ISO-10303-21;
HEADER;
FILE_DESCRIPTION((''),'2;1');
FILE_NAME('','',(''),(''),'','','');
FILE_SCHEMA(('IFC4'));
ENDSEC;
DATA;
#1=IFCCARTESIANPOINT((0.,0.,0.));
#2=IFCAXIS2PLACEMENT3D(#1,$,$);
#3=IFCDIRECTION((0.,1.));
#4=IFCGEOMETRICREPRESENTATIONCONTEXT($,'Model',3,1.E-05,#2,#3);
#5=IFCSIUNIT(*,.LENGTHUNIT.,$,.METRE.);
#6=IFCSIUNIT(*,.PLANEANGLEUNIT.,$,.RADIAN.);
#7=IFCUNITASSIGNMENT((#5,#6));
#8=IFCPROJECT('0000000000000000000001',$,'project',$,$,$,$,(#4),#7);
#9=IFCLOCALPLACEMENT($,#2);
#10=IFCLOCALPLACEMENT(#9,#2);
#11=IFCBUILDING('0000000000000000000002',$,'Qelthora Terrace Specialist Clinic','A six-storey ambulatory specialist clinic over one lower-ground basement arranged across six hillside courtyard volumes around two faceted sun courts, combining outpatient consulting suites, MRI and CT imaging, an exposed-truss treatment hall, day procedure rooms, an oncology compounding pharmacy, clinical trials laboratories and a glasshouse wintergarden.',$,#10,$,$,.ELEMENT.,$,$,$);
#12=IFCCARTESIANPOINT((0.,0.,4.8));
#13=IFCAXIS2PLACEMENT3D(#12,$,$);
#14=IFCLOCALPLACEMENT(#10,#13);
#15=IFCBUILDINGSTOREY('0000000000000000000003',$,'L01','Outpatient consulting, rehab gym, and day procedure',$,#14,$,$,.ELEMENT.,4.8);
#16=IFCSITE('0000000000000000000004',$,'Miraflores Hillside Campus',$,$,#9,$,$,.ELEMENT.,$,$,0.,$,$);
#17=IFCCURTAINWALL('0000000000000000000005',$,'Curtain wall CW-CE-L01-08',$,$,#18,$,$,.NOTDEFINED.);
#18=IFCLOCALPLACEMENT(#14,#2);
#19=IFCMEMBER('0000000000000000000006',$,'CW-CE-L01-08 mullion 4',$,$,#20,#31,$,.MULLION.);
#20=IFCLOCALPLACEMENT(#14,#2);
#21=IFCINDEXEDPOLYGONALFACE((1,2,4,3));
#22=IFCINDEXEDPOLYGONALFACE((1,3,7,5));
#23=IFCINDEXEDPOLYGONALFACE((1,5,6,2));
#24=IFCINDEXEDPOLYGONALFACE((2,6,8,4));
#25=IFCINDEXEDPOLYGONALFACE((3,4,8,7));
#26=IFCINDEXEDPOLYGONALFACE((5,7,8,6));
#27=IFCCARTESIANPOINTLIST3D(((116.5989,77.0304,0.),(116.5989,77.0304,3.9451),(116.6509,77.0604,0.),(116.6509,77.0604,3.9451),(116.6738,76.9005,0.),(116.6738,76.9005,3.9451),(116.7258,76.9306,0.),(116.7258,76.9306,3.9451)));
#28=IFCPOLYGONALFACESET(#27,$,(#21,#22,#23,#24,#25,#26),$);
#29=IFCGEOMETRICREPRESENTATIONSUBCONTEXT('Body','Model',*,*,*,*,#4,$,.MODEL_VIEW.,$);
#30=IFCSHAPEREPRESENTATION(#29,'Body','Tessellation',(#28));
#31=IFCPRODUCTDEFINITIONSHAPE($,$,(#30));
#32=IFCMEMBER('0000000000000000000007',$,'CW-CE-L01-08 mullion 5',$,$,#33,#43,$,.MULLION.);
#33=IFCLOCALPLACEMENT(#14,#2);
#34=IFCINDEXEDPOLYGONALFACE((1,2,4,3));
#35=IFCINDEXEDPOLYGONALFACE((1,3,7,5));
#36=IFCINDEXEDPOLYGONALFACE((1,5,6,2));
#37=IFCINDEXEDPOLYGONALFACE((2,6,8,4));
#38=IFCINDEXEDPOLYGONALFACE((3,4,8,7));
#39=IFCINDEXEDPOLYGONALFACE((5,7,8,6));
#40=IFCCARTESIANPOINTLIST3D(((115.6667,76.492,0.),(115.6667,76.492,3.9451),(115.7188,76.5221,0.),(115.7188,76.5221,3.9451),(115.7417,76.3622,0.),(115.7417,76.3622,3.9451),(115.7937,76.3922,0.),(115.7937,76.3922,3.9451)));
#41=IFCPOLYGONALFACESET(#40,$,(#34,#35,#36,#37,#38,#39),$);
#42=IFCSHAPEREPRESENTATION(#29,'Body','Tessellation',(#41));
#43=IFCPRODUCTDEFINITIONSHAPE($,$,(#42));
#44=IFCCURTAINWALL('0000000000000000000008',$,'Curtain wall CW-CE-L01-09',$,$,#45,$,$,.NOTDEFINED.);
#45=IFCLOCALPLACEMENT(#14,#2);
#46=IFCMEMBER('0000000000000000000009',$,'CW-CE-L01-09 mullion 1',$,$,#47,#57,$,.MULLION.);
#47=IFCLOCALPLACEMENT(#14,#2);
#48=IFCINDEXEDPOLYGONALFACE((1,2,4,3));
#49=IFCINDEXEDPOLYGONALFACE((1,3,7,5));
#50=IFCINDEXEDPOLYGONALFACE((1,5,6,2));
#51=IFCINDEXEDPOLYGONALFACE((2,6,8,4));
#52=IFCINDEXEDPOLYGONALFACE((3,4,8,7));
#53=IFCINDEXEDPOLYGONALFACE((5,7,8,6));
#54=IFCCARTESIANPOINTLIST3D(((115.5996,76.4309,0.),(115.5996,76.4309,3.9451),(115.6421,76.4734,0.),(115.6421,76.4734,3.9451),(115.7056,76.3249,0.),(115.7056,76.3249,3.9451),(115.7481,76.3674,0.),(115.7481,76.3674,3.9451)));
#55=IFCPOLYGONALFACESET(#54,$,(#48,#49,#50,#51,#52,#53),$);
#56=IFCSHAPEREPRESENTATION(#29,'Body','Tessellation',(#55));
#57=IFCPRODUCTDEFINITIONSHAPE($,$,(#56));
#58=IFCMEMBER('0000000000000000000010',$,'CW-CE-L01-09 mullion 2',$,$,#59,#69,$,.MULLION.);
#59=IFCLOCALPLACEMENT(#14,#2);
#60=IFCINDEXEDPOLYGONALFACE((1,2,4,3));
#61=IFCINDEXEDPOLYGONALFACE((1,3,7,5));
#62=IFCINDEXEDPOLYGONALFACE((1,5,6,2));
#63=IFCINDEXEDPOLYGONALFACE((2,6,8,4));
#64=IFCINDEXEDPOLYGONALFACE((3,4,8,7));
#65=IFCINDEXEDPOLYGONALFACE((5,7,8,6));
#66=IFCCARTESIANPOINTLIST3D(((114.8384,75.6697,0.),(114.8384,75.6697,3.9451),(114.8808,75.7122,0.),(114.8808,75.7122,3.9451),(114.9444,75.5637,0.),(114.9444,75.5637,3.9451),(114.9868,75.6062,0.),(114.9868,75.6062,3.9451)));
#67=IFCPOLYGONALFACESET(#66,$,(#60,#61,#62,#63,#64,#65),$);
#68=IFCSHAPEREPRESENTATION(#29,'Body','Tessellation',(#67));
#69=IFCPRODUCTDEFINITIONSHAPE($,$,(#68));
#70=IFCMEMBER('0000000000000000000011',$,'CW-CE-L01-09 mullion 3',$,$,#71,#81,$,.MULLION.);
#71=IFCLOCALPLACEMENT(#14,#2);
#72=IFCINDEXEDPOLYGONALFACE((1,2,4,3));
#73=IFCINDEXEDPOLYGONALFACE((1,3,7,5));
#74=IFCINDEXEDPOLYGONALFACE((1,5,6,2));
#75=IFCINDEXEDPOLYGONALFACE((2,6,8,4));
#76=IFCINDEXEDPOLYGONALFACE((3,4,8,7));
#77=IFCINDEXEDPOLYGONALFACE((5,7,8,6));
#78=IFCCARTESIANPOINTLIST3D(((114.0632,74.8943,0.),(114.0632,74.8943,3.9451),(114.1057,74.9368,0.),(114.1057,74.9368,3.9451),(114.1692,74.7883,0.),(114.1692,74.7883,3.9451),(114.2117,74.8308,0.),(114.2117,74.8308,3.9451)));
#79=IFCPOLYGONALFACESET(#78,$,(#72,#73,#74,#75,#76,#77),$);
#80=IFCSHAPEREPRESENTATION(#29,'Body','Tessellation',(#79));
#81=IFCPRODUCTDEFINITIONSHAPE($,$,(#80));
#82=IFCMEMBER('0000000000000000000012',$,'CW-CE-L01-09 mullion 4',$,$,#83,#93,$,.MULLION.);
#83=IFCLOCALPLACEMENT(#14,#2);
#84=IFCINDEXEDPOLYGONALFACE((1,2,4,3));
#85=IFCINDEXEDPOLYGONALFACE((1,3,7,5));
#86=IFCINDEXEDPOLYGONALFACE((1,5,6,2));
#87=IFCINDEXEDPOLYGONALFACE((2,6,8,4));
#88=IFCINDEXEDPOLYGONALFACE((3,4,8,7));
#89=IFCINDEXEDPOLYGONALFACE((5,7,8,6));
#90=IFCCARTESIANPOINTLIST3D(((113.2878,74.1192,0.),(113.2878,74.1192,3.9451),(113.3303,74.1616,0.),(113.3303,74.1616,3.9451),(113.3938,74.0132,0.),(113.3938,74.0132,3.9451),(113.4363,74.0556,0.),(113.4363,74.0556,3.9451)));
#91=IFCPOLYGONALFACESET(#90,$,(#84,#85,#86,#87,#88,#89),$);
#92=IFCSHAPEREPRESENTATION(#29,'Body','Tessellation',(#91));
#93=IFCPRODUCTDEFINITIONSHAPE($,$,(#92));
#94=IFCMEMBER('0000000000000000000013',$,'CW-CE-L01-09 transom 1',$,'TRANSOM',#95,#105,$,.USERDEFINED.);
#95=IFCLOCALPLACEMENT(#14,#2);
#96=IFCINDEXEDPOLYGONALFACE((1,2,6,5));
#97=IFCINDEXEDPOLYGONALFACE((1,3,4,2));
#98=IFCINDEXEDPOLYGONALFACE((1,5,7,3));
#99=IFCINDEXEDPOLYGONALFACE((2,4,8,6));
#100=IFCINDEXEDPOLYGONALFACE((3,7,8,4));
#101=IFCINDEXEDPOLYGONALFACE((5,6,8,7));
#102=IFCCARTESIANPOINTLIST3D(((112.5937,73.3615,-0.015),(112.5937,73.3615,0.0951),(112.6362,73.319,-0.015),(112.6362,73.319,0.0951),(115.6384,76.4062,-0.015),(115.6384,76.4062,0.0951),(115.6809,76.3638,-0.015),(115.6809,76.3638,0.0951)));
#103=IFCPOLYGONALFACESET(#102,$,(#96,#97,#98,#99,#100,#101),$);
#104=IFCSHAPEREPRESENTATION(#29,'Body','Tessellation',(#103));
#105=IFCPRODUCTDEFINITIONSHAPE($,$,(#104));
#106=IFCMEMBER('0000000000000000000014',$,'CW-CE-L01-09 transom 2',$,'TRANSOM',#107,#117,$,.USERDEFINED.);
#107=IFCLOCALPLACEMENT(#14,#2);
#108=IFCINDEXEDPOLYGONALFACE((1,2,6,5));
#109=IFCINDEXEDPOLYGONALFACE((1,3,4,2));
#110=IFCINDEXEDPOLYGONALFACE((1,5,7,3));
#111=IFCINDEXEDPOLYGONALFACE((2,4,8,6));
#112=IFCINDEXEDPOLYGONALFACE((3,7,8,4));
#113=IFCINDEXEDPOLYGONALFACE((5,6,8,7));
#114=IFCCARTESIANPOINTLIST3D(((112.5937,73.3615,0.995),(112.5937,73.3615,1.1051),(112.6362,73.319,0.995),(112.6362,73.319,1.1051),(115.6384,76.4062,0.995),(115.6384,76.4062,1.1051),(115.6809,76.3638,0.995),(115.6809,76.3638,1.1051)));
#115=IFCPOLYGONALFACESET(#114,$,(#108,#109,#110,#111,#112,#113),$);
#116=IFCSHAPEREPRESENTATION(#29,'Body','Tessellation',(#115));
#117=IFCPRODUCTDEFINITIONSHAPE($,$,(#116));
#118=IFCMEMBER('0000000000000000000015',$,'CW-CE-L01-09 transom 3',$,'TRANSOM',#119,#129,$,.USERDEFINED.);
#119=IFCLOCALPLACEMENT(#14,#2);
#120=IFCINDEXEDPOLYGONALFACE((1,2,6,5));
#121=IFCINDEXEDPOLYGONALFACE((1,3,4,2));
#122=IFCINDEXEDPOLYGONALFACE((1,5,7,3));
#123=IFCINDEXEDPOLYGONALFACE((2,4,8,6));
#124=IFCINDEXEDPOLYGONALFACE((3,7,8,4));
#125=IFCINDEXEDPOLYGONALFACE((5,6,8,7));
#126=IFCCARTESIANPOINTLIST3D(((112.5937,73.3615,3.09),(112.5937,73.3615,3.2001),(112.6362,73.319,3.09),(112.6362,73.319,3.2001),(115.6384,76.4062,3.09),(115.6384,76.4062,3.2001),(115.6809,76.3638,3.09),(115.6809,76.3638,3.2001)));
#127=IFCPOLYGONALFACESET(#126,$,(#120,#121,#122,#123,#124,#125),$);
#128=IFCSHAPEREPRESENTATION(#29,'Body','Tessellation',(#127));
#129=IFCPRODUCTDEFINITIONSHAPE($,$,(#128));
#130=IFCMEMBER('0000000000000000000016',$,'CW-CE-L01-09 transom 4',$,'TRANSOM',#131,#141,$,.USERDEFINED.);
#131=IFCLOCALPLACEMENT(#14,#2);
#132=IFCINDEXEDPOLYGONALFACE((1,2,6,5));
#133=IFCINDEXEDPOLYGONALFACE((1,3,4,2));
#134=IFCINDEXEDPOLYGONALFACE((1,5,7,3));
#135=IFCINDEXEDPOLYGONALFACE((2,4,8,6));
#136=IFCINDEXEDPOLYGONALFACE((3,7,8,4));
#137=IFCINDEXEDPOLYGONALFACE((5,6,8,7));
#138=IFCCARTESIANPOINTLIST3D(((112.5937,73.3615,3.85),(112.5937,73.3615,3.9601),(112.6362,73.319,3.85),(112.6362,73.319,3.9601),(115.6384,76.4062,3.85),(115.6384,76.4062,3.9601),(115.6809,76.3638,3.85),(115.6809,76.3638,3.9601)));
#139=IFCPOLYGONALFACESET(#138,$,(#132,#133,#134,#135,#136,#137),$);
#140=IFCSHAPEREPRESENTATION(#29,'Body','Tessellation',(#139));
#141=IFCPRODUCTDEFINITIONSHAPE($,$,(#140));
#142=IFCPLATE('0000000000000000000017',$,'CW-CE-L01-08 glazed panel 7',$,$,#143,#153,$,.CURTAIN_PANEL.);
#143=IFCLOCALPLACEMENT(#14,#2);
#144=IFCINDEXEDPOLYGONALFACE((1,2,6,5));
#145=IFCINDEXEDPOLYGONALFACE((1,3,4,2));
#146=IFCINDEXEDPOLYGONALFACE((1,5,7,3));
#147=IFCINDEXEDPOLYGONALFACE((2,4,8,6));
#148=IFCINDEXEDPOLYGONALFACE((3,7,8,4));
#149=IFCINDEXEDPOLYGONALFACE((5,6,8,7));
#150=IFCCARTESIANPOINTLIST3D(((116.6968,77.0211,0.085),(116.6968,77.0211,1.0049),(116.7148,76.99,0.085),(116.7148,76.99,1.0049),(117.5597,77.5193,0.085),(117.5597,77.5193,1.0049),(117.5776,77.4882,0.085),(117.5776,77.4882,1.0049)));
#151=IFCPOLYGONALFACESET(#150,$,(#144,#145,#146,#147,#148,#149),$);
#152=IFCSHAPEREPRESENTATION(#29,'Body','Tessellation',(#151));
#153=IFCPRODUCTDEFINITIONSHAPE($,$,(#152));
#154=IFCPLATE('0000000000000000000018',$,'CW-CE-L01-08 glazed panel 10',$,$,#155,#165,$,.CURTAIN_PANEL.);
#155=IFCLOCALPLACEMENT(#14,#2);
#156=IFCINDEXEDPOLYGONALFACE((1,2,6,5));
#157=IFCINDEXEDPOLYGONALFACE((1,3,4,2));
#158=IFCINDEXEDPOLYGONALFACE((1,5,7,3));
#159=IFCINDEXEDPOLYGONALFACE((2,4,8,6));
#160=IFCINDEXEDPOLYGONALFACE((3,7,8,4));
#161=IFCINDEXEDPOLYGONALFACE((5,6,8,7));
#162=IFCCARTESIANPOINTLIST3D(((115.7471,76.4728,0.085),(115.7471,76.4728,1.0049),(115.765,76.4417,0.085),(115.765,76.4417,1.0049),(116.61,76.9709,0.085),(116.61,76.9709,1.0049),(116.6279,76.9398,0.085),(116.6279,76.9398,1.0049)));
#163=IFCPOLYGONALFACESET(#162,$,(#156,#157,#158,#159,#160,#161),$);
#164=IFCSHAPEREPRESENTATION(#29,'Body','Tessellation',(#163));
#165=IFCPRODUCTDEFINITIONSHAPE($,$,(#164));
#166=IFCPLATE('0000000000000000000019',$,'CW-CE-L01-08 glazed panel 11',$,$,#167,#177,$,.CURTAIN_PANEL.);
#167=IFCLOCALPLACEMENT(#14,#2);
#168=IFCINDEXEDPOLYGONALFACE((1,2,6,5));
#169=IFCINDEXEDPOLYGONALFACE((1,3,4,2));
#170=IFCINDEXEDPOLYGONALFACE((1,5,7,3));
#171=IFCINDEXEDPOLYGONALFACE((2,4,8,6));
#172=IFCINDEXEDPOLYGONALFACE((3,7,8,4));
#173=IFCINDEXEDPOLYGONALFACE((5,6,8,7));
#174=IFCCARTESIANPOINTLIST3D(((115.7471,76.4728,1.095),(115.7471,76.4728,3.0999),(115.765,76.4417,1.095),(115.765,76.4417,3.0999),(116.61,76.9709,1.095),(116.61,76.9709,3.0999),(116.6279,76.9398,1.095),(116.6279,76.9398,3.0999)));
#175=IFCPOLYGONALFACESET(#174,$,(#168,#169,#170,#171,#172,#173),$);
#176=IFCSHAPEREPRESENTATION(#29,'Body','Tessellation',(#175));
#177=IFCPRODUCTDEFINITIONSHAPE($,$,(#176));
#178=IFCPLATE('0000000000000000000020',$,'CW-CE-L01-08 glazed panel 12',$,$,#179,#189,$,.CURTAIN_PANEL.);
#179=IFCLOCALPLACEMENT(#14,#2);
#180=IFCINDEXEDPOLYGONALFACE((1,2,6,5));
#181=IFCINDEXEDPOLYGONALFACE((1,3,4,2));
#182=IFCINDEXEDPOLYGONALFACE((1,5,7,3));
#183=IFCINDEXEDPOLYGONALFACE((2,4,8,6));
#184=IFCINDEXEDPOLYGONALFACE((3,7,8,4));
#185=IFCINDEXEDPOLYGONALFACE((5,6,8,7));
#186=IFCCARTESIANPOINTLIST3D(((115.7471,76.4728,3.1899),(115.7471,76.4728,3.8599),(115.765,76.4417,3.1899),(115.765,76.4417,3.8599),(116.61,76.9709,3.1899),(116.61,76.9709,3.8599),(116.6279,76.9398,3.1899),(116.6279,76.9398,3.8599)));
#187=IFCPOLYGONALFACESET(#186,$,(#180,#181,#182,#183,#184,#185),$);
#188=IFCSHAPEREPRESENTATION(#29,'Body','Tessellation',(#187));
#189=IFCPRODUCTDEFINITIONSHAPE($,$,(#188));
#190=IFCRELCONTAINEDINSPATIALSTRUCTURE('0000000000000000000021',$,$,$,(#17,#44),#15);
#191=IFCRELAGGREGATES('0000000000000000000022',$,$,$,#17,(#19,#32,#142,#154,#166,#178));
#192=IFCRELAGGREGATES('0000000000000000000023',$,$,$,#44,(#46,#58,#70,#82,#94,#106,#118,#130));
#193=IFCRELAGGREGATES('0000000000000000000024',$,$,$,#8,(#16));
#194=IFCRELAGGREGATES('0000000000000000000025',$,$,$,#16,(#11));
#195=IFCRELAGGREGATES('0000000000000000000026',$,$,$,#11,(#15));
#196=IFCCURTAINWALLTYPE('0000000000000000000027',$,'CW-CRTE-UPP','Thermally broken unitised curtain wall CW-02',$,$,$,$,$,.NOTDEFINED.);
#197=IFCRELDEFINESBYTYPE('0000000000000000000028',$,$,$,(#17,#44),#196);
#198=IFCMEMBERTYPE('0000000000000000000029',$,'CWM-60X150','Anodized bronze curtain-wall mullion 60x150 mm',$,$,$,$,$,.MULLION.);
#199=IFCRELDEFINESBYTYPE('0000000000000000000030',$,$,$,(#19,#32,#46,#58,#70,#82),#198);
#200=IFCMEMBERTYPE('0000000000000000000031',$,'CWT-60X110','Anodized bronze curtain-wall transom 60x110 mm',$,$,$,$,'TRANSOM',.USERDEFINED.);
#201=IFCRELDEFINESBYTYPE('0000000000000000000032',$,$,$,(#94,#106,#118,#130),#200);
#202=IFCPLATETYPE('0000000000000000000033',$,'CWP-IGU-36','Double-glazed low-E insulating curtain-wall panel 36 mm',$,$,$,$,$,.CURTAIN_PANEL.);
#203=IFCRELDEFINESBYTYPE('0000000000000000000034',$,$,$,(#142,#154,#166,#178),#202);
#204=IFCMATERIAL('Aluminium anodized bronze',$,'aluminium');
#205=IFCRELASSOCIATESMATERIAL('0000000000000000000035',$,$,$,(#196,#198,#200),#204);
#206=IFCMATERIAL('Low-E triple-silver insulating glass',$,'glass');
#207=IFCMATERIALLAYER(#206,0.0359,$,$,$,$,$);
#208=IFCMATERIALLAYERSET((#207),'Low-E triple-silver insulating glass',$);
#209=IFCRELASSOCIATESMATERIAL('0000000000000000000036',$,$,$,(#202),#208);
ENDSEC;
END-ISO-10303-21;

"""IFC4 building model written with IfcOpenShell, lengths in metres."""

from ifc_helpers import new_model, si_unit, direction, frame, origin, origin_2d, place, context, subcontext, project, spatial, rectangle, extrude, material, layer, layer_set, material_profile, profile_set, type_object, element, aggregate, save


model = new_model("IFC4")

# Units and contexts
model_context = context("Model", 3, precision=1e-05, world=origin(), true_north=direction((0.0, 1.0)))
body_context = subcontext(model_context, "Body", "Model", "MODEL_VIEW")
ifc_project = project(units=[si_unit("LENGTHUNIT", "METRE"), si_unit("PLANEANGLEUNIT", "RADIAN")], contexts=[model_context])

# Site, building, storey
site_placement = place(None, origin())
site = spatial("IfcSite", under=ifc_project, at=site_placement, Name="Miraflores Hillside Campus", CompositionType="ELEMENT", RefElevation=0.0)
building_placement = place(site_placement, origin())
building = spatial("IfcBuilding", under=site, at=building_placement, Name="Qelthora Terrace Specialist Clinic", Description="A six-storey ambulatory specialist clinic over one lower-ground basement arranged across six hillside courtyard volumes around two faceted sun courts, combining outpatient consulting suites, MRI and CT imaging, an exposed-truss treatment hall, day procedure rooms, an oncology compounding pharmacy, clinical trials laboratories and a glasshouse wintergarden.", CompositionType="ELEMENT")
storey_placement = place(building_placement, frame((0.0, 0.0, 4.8)))
storey = spatial("IfcBuildingStorey", under=building, at=storey_placement, Name="L01", Description="Outpatient consulting, rehab gym, and day procedure", CompositionType="ELEMENT", Elevation=4.8)

# Curtain walls, members
ifc_material_1 = material(Name="Aluminium anodized bronze", Category="aluminium")
curtain_wall_type = type_object("IfcCurtainWallType", Name="CW-CRTE-UPP", Description="Thermally broken unitised curtain wall CW-02", PredefinedType="NOTDEFINED", material=ifc_material_1)
curtain_wall_1_placement = place(storey_placement, origin())
curtain_wall_1 = element("IfcCurtainWall", 1, at=curtain_wall_1_placement, inside=storey, type_object=curtain_wall_type, Name="Curtain wall CW-CE-L01-08", PredefinedType="NOTDEFINED")
ifc_material_profile_1 = material_profile(ifc_material_1, rectangle(XDim=0.0601, YDim=0.1499, at=origin_2d()), Name="CWM60X150")
ifc_profile_set_1 = profile_set([ifc_material_profile_1], Name="Aluminium anodized bronze")
member_type_1 = type_object("IfcMemberType", Name="CWM-60X150", Description="Anodized bronze curtain-wall mullion 60x150 mm", PredefinedType="MULLION", material=ifc_profile_set_1)
member_1_placement = place(storey_placement, frame((116.6624, 76.9805, 0.0), z_axis=(0.0, 0.0, 1.0), x_axis=(-0.866025, -0.5, 0.0)))
member_1 = element("IfcMember", 2, at=member_1_placement, type_object=member_type_1, Name="CW-CE-L01-08 mullion 4", PredefinedType="MULLION", context=body_context, shape_type="SweptSolid", body=[
    extrude(rectangle(XDim=0.0601, YDim=0.1499, at=origin_2d()), origin(), (0.0, 0.0, 1.0), 3.9451),
])
member_2_placement = place(storey_placement, frame((115.7302, 76.4421, 0.0), z_axis=(0.0, 0.0, 1.0), x_axis=(-0.866025, -0.5, 0.0)))
member_2 = element("IfcMember", 3, at=member_2_placement, type_object=member_type_1, Name="CW-CE-L01-08 mullion 5", PredefinedType="MULLION", context=body_context, shape_type="SweptSolid", body=[
    extrude(rectangle(XDim=0.0601, YDim=0.1499, at=origin_2d()), origin(), (0.0, 0.0, 1.0), 3.9451),
])
curtain_wall_2_placement = place(storey_placement, origin())
curtain_wall_2 = element("IfcCurtainWall", 4, at=curtain_wall_2_placement, inside=storey, type_object=curtain_wall_type, Name="Curtain wall CW-CE-L01-09", PredefinedType="NOTDEFINED")
member_3_placement = place(storey_placement, frame((115.6738, 76.3992, 0.0), z_axis=(0.0, 0.0, 1.0), x_axis=(-0.707107, -0.707107, 0.0)))
member_3 = element("IfcMember", 5, at=member_3_placement, type_object=member_type_1, Name="CW-CE-L01-09 mullion 1", PredefinedType="MULLION", context=body_context, shape_type="SweptSolid", body=[
    extrude(rectangle(XDim=0.0601, YDim=0.1499, at=origin_2d()), origin(), (0.0, 0.0, 1.0), 3.9451),
])
member_4_placement = place(storey_placement, frame((114.9126, 75.6379, 0.0), z_axis=(0.0, 0.0, 1.0), x_axis=(-0.707107, -0.707107, 0.0)))
member_4 = element("IfcMember", 6, at=member_4_placement, type_object=member_type_1, Name="CW-CE-L01-09 mullion 2", PredefinedType="MULLION", context=body_context, shape_type="SweptSolid", body=[
    extrude(rectangle(XDim=0.0601, YDim=0.1499, at=origin_2d()), origin(), (0.0, 0.0, 1.0), 3.9451),
])
member_5_placement = place(storey_placement, frame((114.1375, 74.8625, 0.0), z_axis=(0.0, 0.0, 1.0), x_axis=(-0.707107, -0.707107, 0.0)))
member_5 = element("IfcMember", 7, at=member_5_placement, type_object=member_type_1, Name="CW-CE-L01-09 mullion 3", PredefinedType="MULLION", context=body_context, shape_type="SweptSolid", body=[
    extrude(rectangle(XDim=0.0601, YDim=0.1499, at=origin_2d()), origin(), (0.0, 0.0, 1.0), 3.9451),
])
member_6_placement = place(storey_placement, frame((113.3621, 74.0874, 0.0), z_axis=(0.0, 0.0, 1.0), x_axis=(-0.707107, -0.707107, 0.0)))
member_6 = element("IfcMember", 8, at=member_6_placement, type_object=member_type_1, Name="CW-CE-L01-09 mullion 4", PredefinedType="MULLION", context=body_context, shape_type="SweptSolid", body=[
    extrude(rectangle(XDim=0.0601, YDim=0.1499, at=origin_2d()), origin(), (0.0, 0.0, 1.0), 3.9451),
])
ifc_material_profile_2 = material_profile(ifc_material_1, rectangle(XDim=0.0601, YDim=0.1101, at=origin_2d()), Name="CWT60X110")
ifc_profile_set_2 = profile_set([ifc_material_profile_2], Name="Aluminium anodized bronze")
member_type_2 = type_object("IfcMemberType", Name="CWT-60X110", Description="Anodized bronze curtain-wall transom 60x110 mm", ElementType="TRANSOM", PredefinedType="USERDEFINED", material=ifc_profile_set_2)
member_7_placement = place(storey_placement, frame((115.6597, 76.385, 0.04), z_axis=(-0.707107, -0.707107, 0.0), x_axis=(0.707107, -0.707107, 0.0)))
member_7 = element("IfcMember", 9, at=member_7_placement, type_object=member_type_2, Name="CW-CE-L01-09 transom 1", ObjectType="TRANSOM", PredefinedType="USERDEFINED", context=body_context, shape_type="SweptSolid", body=[
    extrude(rectangle(XDim=0.0601, YDim=0.1101, at=origin_2d()), origin(), (0.0, 0.0, 1.0), 4.3059),
])
member_8_placement = place(storey_placement, frame((115.6597, 76.385, 1.05), z_axis=(-0.707107, -0.707107, 0.0), x_axis=(0.707107, -0.707107, 0.0)))
member_8 = element("IfcMember", 10, at=member_8_placement, type_object=member_type_2, Name="CW-CE-L01-09 transom 2", ObjectType="TRANSOM", PredefinedType="USERDEFINED", context=body_context, shape_type="SweptSolid", body=[
    extrude(rectangle(XDim=0.0601, YDim=0.1101, at=origin_2d()), origin(), (0.0, 0.0, 1.0), 4.3059),
])
member_9_placement = place(storey_placement, frame((115.6597, 76.385, 3.145), z_axis=(-0.707107, -0.707107, 0.0), x_axis=(0.707107, -0.707107, 0.0)))
member_9 = element("IfcMember", 11, at=member_9_placement, type_object=member_type_2, Name="CW-CE-L01-09 transom 3", ObjectType="TRANSOM", PredefinedType="USERDEFINED", context=body_context, shape_type="SweptSolid", body=[
    extrude(rectangle(XDim=0.0601, YDim=0.1101, at=origin_2d()), origin(), (0.0, 0.0, 1.0), 4.3059),
])
member_10_placement = place(storey_placement, frame((115.6597, 76.385, 3.905), z_axis=(-0.707107, -0.707107, 0.0), x_axis=(0.707107, -0.707107, 0.0)))
member_10 = element("IfcMember", 12, at=member_10_placement, type_object=member_type_2, Name="CW-CE-L01-09 transom 4", ObjectType="TRANSOM", PredefinedType="USERDEFINED", context=body_context, shape_type="SweptSolid", body=[
    extrude(rectangle(XDim=0.0601, YDim=0.1101, at=origin_2d()), origin(), (0.0, 0.0, 1.0), 4.3059),
])

# Plates
ifc_material_2 = material(Name="Low-E triple-silver insulating glass", Category="glass")
ifc_layer = layer(ifc_material_2, 0.0359)
ifc_layer_set = layer_set([ifc_layer], Name="Low-E triple-silver insulating glass")
plate_type = type_object("IfcPlateType", Name="CWP-IGU-36", Description="Double-glazed low-E insulating curtain-wall panel 36 mm", PredefinedType="CURTAIN_PANEL", material=ifc_layer_set)
plate_1_placement = place(storey_placement, frame((117.1372, 77.2546, 0.085), z_axis=(0.0, 0.0, 1.0), x_axis=(-0.866025, -0.5, 0.0)))
plate_1 = element("IfcPlate", 13, at=plate_1_placement, type_object=plate_type, Name="CW-CE-L01-08 glazed panel 7", PredefinedType="CURTAIN_PANEL", context=body_context, shape_type="SweptSolid", body=[
    extrude(rectangle(XDim=0.9963, YDim=0.0359, at=origin_2d()), origin(), (0.0, 0.0, 1.0), 0.9199),
])
plate_2_placement = place(storey_placement, frame((116.1875, 76.7063, 0.085), z_axis=(0.0, 0.0, 1.0), x_axis=(-0.866025, -0.5, 0.0)))
plate_2 = element("IfcPlate", 14, at=plate_2_placement, type_object=plate_type, Name="CW-CE-L01-08 glazed panel 10", PredefinedType="CURTAIN_PANEL", context=body_context, shape_type="SweptSolid", body=[
    extrude(rectangle(XDim=0.9963, YDim=0.0359, at=origin_2d()), origin(), (0.0, 0.0, 1.0), 0.9199),
])
plate_3_placement = place(storey_placement, frame((116.1875, 76.7063, 1.095), z_axis=(0.0, 0.0, 1.0), x_axis=(-0.866025, -0.5, 0.0)))
plate_3 = element("IfcPlate", 15, at=plate_3_placement, type_object=plate_type, Name="CW-CE-L01-08 glazed panel 11", PredefinedType="CURTAIN_PANEL", context=body_context, shape_type="SweptSolid", body=[
    extrude(rectangle(XDim=0.9963, YDim=0.0359, at=origin_2d()), origin(), (0.0, 0.0, 1.0), 2.0049),
])
plate_4_placement = place(storey_placement, frame((116.1875, 76.7063, 3.1899), z_axis=(0.0, 0.0, 1.0), x_axis=(-0.866025, -0.5, 0.0)))
plate_4 = element("IfcPlate", 16, at=plate_4_placement, type_object=plate_type, Name="CW-CE-L01-08 glazed panel 12", PredefinedType="CURTAIN_PANEL", context=body_context, shape_type="SweptSolid", body=[
    extrude(rectangle(XDim=0.9963, YDim=0.0359, at=origin_2d()), origin(), (0.0, 0.0, 1.0), 0.6699),
])
aggregate(curtain_wall_1, [member_1, member_2, plate_1, plate_2, plate_3, plate_4])
aggregate(curtain_wall_2, [member_3, member_4, member_5, member_6, member_7, member_8, member_9, member_10])

save(model, "model.ifc")
